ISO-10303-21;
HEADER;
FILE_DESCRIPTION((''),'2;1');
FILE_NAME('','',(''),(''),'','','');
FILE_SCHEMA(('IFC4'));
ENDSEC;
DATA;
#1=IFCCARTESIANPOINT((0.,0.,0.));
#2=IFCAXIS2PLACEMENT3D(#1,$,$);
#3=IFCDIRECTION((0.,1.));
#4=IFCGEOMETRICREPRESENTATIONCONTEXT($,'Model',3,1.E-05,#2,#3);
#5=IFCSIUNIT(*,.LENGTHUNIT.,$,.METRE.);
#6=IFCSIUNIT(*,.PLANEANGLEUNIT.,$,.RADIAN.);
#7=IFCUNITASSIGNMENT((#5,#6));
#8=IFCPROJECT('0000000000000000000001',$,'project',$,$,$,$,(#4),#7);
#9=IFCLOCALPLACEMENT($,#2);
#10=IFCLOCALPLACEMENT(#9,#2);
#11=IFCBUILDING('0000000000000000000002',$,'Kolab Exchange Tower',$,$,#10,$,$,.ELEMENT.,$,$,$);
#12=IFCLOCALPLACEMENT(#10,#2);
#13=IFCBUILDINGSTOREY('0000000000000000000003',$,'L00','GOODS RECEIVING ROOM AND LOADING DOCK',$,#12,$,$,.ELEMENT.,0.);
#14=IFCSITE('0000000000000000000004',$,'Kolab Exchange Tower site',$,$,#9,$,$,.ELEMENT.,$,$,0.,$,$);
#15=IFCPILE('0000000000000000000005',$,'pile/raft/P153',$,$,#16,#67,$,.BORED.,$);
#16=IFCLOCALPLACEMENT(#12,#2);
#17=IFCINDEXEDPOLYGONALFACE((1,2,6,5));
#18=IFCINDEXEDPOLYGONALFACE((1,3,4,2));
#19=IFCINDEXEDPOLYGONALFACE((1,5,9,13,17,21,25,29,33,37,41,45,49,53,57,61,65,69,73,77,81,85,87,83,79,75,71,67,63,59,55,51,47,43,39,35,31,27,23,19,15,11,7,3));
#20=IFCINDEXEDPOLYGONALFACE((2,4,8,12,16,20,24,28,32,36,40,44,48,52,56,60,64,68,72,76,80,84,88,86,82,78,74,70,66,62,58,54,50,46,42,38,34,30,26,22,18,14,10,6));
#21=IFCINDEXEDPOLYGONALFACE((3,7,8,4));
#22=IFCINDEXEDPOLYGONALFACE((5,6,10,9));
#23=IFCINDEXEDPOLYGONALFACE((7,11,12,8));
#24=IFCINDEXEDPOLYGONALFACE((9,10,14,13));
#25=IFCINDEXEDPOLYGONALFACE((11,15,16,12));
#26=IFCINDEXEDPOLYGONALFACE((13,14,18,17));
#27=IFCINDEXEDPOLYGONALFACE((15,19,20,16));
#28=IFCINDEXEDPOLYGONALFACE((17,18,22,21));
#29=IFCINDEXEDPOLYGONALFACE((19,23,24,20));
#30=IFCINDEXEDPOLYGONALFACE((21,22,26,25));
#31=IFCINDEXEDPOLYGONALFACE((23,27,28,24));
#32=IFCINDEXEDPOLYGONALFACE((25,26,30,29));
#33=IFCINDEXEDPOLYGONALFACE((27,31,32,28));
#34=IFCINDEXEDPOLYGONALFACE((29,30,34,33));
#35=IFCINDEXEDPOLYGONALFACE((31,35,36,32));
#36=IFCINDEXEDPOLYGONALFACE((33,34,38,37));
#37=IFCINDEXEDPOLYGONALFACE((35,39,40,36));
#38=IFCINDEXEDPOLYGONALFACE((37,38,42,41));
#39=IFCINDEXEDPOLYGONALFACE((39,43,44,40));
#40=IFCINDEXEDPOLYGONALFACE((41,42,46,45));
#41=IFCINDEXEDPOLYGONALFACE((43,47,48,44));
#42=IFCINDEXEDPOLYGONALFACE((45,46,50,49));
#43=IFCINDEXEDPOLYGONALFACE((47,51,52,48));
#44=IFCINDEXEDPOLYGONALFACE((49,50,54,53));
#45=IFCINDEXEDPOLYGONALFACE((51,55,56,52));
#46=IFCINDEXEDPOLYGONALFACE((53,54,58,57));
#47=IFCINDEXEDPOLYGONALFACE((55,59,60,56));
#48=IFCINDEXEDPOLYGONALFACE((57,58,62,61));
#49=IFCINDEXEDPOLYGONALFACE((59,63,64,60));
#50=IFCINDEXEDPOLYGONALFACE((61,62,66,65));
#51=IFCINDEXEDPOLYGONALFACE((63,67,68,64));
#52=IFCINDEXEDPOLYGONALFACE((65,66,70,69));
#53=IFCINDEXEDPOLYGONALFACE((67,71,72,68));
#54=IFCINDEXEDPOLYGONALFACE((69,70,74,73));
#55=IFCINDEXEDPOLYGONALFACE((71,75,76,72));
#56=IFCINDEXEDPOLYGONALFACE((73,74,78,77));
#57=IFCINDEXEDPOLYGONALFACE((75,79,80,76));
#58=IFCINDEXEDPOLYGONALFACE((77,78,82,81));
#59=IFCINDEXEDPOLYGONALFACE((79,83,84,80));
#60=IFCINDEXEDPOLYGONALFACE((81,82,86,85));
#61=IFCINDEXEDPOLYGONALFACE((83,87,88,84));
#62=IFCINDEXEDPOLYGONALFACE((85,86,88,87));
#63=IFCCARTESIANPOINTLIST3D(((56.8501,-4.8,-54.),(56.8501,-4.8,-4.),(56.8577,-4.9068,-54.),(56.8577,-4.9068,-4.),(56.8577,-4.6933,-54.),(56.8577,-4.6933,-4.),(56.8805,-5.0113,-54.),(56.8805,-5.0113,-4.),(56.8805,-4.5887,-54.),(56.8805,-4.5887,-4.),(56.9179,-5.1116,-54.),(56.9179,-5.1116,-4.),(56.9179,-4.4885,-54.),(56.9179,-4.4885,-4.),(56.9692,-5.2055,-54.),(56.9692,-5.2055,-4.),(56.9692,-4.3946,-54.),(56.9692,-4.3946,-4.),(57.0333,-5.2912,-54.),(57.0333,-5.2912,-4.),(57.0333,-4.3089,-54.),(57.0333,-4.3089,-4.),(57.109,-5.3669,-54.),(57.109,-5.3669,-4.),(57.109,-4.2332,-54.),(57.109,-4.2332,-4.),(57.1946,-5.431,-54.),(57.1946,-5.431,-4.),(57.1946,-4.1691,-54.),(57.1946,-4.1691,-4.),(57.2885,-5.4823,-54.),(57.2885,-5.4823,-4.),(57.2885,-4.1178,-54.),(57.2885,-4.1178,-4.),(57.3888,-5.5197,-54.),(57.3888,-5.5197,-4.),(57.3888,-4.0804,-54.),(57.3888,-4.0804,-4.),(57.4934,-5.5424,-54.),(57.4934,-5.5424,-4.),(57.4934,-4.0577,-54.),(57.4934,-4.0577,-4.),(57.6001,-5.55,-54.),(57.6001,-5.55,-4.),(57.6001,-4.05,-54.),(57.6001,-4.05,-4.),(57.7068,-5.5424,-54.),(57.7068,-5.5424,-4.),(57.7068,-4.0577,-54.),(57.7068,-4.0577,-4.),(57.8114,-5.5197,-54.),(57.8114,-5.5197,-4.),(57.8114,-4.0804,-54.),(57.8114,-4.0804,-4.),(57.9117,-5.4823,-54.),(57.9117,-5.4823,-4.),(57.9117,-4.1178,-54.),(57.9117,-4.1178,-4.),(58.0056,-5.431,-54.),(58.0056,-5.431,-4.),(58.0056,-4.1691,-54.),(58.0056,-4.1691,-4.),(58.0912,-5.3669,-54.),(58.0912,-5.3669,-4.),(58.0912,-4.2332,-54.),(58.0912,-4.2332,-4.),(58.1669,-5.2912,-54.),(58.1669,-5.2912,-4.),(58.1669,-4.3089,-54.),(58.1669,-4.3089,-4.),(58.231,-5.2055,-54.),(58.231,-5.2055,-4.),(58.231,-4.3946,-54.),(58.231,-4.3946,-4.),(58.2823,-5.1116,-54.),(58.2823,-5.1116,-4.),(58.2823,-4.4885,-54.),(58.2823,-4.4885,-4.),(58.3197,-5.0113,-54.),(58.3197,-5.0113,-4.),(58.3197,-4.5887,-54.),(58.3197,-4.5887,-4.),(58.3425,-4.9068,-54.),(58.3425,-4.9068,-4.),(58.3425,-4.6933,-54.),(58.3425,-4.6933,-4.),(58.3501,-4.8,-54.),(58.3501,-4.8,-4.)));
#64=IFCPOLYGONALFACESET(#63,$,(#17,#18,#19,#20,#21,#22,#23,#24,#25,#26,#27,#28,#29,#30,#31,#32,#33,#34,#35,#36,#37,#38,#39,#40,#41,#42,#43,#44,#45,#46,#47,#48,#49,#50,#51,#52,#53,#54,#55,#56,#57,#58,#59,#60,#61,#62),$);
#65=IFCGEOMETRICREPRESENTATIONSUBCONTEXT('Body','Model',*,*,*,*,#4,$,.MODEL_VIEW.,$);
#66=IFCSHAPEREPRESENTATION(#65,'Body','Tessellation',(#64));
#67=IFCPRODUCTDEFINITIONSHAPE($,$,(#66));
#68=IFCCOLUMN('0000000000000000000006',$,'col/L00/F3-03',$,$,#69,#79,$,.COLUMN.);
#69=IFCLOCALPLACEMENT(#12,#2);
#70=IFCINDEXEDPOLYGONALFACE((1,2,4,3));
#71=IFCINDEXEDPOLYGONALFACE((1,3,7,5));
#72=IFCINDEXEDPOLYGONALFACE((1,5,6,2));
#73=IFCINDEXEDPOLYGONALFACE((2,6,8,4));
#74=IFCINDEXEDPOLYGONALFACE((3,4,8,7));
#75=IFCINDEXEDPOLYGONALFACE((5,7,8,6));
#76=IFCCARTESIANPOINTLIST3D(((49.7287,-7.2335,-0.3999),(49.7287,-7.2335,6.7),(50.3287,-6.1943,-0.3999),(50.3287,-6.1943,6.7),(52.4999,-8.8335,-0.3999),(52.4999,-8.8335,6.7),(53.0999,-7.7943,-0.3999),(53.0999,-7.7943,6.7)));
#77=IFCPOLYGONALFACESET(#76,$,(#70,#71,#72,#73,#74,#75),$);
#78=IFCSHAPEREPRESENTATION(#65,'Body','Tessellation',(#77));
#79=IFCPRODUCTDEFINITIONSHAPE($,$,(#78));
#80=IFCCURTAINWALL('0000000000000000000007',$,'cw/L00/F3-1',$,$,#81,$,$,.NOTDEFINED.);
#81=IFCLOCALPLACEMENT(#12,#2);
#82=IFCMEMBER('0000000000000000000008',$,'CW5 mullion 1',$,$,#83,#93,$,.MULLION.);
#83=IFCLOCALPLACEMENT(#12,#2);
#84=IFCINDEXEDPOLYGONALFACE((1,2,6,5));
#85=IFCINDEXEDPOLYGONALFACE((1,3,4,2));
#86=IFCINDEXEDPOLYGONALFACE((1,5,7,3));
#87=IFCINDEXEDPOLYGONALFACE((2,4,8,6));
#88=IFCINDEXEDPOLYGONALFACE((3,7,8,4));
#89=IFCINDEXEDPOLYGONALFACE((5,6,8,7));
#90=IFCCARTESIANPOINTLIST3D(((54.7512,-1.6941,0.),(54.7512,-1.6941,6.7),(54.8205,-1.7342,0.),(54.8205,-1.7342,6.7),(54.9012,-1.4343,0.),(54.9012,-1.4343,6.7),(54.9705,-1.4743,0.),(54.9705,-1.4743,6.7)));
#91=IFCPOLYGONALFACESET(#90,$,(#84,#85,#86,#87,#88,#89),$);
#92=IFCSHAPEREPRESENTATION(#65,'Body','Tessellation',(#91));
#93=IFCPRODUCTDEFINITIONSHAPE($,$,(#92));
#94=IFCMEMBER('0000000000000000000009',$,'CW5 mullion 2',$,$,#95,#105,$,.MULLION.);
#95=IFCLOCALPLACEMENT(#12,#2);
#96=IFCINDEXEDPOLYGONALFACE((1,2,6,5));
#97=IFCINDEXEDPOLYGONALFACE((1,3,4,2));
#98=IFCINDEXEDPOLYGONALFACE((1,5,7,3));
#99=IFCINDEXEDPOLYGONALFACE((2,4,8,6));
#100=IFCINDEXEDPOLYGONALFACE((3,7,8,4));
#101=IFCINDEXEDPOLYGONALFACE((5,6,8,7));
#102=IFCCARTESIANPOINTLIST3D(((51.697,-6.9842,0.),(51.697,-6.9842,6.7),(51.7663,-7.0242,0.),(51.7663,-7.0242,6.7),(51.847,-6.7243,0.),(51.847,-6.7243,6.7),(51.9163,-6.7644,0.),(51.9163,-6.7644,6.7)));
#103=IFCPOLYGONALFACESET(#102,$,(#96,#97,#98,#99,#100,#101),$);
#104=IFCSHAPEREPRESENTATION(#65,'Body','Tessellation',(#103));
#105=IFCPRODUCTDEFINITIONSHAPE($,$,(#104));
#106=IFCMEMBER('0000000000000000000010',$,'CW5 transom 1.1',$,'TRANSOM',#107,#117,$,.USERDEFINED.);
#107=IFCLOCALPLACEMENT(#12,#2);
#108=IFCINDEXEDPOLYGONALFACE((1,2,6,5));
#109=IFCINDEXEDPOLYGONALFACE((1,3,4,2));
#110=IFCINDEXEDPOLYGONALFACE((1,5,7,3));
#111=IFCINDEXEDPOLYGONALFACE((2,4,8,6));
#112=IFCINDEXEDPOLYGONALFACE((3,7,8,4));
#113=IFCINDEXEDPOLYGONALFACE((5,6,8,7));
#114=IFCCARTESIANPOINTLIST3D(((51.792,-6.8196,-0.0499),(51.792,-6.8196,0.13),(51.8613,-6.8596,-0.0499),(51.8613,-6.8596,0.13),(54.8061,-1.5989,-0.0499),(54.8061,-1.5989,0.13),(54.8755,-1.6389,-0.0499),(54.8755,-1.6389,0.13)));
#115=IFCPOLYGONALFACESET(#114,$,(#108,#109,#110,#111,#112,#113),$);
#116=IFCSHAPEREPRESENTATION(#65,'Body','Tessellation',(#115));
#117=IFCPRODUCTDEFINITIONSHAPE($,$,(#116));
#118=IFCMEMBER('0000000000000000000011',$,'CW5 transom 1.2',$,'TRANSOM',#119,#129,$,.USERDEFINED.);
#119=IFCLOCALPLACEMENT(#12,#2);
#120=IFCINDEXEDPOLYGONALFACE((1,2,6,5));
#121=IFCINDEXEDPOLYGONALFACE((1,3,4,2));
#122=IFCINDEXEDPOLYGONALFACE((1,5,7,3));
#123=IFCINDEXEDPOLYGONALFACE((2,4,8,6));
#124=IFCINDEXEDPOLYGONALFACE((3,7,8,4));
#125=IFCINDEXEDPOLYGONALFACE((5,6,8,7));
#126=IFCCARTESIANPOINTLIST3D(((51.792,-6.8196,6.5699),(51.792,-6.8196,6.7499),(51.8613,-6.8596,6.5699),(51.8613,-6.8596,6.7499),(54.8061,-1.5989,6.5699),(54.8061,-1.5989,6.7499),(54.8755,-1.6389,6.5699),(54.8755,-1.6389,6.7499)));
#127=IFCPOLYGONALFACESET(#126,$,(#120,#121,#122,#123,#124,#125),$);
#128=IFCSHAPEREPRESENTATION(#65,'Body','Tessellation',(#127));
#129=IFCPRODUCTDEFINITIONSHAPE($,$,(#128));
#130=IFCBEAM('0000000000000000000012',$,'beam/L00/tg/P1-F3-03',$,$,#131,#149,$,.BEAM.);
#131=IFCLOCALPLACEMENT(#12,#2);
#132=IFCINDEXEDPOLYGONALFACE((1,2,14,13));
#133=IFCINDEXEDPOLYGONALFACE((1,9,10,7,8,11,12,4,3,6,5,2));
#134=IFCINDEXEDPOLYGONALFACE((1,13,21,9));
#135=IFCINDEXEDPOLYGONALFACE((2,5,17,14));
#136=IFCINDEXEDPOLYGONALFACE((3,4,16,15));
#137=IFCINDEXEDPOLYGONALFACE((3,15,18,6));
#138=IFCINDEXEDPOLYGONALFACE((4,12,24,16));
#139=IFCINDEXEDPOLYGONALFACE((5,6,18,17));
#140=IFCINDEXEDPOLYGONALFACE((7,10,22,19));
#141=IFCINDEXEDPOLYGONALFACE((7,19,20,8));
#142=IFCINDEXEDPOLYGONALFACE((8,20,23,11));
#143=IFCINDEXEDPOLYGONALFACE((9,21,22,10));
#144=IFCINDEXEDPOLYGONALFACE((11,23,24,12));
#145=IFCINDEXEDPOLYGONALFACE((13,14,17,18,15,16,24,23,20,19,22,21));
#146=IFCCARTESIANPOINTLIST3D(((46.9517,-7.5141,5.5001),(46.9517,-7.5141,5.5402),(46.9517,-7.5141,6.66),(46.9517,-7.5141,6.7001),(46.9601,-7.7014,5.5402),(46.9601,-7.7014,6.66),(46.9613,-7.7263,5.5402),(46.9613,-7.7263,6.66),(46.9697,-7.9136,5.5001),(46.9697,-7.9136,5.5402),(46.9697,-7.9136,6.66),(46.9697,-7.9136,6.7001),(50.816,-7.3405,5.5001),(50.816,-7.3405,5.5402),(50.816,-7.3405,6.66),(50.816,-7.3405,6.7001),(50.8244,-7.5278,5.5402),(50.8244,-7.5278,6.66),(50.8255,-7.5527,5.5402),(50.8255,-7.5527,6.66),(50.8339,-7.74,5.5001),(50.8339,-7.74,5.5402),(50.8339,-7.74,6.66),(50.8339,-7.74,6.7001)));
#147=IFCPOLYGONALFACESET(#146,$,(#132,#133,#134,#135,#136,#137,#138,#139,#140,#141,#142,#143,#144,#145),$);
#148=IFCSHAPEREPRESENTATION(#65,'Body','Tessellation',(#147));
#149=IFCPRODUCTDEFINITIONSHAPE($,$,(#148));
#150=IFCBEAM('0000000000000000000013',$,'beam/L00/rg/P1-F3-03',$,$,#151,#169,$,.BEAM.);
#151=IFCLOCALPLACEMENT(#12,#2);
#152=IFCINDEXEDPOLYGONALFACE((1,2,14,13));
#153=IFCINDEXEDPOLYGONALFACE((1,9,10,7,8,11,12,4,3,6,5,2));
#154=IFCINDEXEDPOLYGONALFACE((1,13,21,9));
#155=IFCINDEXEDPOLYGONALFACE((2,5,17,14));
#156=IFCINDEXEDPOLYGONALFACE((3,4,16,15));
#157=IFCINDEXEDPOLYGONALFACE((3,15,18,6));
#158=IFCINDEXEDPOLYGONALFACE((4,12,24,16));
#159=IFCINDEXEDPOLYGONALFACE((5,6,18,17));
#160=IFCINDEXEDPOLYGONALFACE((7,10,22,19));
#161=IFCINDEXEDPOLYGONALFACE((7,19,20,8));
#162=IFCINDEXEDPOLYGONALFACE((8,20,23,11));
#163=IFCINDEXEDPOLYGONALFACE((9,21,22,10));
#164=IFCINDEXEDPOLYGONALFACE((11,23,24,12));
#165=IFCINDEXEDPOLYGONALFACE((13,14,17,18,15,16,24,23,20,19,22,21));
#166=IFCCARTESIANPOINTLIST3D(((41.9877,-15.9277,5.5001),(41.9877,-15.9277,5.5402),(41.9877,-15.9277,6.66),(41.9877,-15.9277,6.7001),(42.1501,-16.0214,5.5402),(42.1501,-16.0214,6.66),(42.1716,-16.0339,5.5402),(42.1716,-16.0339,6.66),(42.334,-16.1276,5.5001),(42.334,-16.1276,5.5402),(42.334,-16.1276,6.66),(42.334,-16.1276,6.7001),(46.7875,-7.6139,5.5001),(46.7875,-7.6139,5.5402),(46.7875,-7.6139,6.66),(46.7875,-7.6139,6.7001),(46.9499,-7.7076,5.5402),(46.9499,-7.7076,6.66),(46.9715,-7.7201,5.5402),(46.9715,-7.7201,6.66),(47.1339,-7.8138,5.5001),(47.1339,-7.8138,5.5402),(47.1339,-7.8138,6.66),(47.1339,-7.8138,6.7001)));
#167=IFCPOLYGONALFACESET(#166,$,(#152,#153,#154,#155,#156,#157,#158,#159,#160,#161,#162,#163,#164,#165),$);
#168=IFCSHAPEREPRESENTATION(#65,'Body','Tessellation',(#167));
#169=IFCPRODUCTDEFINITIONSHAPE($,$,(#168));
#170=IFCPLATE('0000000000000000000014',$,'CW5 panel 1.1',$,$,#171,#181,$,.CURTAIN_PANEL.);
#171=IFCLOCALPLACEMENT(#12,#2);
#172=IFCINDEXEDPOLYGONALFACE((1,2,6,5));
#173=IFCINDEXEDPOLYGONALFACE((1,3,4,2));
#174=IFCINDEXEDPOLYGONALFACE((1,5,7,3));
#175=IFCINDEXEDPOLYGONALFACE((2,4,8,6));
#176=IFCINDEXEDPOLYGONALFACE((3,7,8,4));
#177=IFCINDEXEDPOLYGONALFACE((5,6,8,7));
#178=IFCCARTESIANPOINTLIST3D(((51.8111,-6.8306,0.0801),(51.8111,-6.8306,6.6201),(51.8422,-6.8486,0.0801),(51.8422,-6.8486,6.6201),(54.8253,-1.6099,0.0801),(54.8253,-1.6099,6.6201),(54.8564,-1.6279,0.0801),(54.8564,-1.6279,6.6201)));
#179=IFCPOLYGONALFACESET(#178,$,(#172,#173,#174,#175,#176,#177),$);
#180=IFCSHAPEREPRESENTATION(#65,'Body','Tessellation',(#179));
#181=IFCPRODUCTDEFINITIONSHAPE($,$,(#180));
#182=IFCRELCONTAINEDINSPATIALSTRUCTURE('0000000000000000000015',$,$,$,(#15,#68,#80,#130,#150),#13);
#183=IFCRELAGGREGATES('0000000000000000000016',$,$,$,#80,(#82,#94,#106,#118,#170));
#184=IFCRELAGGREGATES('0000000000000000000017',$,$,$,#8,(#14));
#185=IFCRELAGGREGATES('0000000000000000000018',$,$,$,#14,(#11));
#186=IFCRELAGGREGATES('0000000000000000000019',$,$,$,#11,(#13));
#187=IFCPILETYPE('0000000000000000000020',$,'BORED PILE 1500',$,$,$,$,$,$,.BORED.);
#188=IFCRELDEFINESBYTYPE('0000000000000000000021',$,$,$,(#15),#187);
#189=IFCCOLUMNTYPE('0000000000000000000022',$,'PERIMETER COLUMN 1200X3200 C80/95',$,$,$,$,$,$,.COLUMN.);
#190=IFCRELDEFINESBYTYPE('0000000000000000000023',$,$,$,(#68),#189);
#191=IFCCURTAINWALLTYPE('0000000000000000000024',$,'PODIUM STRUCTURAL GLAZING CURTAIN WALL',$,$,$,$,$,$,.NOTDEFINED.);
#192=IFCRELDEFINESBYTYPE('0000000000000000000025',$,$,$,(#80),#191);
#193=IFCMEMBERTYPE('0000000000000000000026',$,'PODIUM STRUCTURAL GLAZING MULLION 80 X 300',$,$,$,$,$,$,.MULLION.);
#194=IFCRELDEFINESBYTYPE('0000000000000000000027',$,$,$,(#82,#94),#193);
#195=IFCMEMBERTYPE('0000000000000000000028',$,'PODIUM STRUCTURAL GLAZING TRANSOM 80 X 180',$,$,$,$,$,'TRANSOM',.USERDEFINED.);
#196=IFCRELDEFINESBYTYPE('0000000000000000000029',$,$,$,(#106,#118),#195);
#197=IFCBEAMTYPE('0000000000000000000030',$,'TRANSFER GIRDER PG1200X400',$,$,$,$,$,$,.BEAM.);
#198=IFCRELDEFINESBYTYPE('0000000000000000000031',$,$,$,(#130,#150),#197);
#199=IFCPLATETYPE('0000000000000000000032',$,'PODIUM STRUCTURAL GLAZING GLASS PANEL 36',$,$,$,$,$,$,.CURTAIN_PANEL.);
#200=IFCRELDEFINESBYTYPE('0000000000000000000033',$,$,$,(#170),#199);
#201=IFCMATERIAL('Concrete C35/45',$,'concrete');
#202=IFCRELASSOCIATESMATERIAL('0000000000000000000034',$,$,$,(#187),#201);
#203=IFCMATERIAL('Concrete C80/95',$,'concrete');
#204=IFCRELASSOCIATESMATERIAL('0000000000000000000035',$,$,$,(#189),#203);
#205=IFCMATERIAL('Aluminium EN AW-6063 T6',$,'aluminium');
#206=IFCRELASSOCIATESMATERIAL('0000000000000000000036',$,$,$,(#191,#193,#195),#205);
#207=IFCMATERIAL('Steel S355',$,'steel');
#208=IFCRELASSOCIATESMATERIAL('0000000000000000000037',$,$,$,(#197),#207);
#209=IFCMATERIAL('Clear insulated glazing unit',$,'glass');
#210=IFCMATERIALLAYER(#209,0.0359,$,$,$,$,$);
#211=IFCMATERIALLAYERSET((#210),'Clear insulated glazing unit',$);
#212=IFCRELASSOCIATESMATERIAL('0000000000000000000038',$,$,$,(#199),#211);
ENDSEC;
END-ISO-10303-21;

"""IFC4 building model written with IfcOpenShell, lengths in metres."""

from ifc_helpers import new_model, si_unit, direction, frame, origin, origin_2d, place, context, subcontext, project, spatial, rectangle, circle, i_section, extrude, material, layer, layer_set, material_profile, profile_set, type_object, element, aggregate, save


model = new_model("IFC4")

# Units and contexts
model_context = context("Model", 3, precision=1e-05, world=origin(), true_north=direction((0.0, 1.0)))
body_context = subcontext(model_context, "Body", "Model", "MODEL_VIEW")
ifc_project = project(units=[si_unit("LENGTHUNIT", "METRE"), si_unit("PLANEANGLEUNIT", "RADIAN")], contexts=[model_context])

# Site, building, storey
site_placement = place(None, origin())
site = spatial("IfcSite", under=ifc_project, at=site_placement, Name="Kolab Exchange Tower site", CompositionType="ELEMENT", RefElevation=0.0)
building_placement = place(site_placement, origin())
building = spatial("IfcBuilding", under=site, at=building_placement, Name="Kolab Exchange Tower", CompositionType="ELEMENT")
storey_placement = place(building_placement, origin())
storey = spatial("IfcBuildingStorey", under=building, at=storey_placement, Name="L00", Description="GOODS RECEIVING ROOM AND LOADING DOCK", CompositionType="ELEMENT", Elevation=0.0)

# Pile
ifc_material_1 = material(Name="Concrete C35/45", Category="concrete")
ifc_material_profile_1 = material_profile(ifc_material_1, circle(Radius=0.75, at=origin_2d()), Name="BP1500")
ifc_profile_set_1 = profile_set([ifc_material_profile_1], Name="Concrete C35/45")
pile_type = type_object("IfcPileType", Name="BORED PILE 1500", PredefinedType="BORED", material=ifc_profile_set_1)
for number, where, z_axis, x_axis, name in (
    (1, (57.6001, -4.8, -4.0), (0.0, 0.0, -1.0), (1.0, 0.0, 0.0), "pile/raft/P153"),
):
    element("IfcPile", number, at=place(storey_placement, frame(where, z_axis=z_axis, x_axis=x_axis)), inside=storey, type_object=pile_type, Name=name, PredefinedType="BORED", context=body_context, shape_type="SweptSolid", body=[
        extrude(circle(Radius=0.75, at=origin_2d()), origin(), (0.0, 0.0, 1.0), 50.0),
    ])

# Column
ifc_material_2 = material(Name="Concrete C80/95", Category="concrete")
ifc_material_profile_2 = material_profile(ifc_material_2, rectangle(XDim=1.2, YDim=3.2, at=origin_2d()), Name="RC1200X3200")
ifc_profile_set_2 = profile_set([ifc_material_profile_2], Name="Concrete C80/95")
column_type = type_object("IfcColumnType", Name="PERIMETER COLUMN 1200X3200 C80/95", PredefinedType="COLUMN", material=ifc_profile_set_2)
column_placement = place(storey_placement, frame((51.4143, -7.5139, -0.3999), z_axis=(0.0, 0.0, 1.0), x_axis=(0.5, 0.866025, 0.0)))
element("IfcColumn", 2, at=column_placement, inside=storey, type_object=column_type, Name="col/L00/F3-03", PredefinedType="COLUMN", context=body_context, shape_type="SweptSolid", body=[
    extrude(rectangle(XDim=1.2, YDim=3.2, at=origin_2d()), origin(), (0.0, 0.0, 1.0), 7.0999),
])

# Curtain wall, members
ifc_material_3 = material(Name="Aluminium EN AW-6063 T6", Category="aluminium")
curtain_wall_type = type_object("IfcCurtainWallType", Name="PODIUM STRUCTURAL GLAZING CURTAIN WALL", PredefinedType="NOTDEFINED", material=ifc_material_3)
curtain_wall_placement = place(storey_placement, origin())
curtain_wall = element("IfcCurtainWall", 3, at=curtain_wall_placement, inside=storey, type_object=curtain_wall_type, Name="cw/L00/F3-1", PredefinedType="NOTDEFINED")
ifc_material_profile_3 = material_profile(ifc_material_3, rectangle(XDim=0.0801, YDim=0.3, at=origin_2d()), Name="RECT 80X300")
ifc_profile_set_3 = profile_set([ifc_material_profile_3], Name="Aluminium EN AW-6063 T6")
member_type_1 = type_object("IfcMemberType", Name="PODIUM STRUCTURAL GLAZING MULLION 80 X 300", PredefinedType="MULLION", material=ifc_profile_set_3)
member_1_placement = place(storey_placement, frame((54.8608, -1.5842, 0.0), z_axis=(0.0, 0.0, 1.0), x_axis=(0.866025, -0.5, 0.0)))
member_1 = element("IfcMember", 4, at=member_1_placement, type_object=member_type_1, Name="CW5 mullion 1", PredefinedType="MULLION", context=body_context, shape_type="SweptSolid", body=[
    extrude(rectangle(XDim=0.0801, YDim=0.3, at=origin_2d()), origin(), (0.0, 0.0, 1.0), 6.7),
])
member_2_placement = place(storey_placement, frame((51.8066, -6.8743, 0.0), z_axis=(0.0, 0.0, 1.0), x_axis=(0.866025, -0.5, 0.0)))
member_2 = element("IfcMember", 5, at=member_2_placement, type_object=member_type_1, Name="CW5 mullion 2", PredefinedType="MULLION", context=body_context, shape_type="SweptSolid", body=[
    extrude(rectangle(XDim=0.0801, YDim=0.3, at=origin_2d()), origin(), (0.0, 0.0, 1.0), 6.7),
])
ifc_material_profile_4 = material_profile(ifc_material_3, rectangle(XDim=0.0801, YDim=0.1799, at=origin_2d()), Name="RECT 80X180")
ifc_profile_set_4 = profile_set([ifc_material_profile_4], Name="Aluminium EN AW-6063 T6")
member_type_2 = type_object("IfcMemberType", Name="PODIUM STRUCTURAL GLAZING TRANSOM 80 X 180", ElementType="TRANSOM", PredefinedType="USERDEFINED", material=ifc_profile_set_4)
member_3_placement = place(storey_placement, frame((54.8408, -1.6189, 0.04), z_axis=(-0.499998, -0.866026, 0.0), x_axis=(0.866026, -0.499998, 0.0)))
member_3 = element("IfcMember", 6, at=member_3_placement, type_object=member_type_2, Name="CW5 transom 1.1", ObjectType="TRANSOM", PredefinedType="USERDEFINED", context=body_context, shape_type="SweptSolid", body=[
    extrude(rectangle(XDim=0.0801, YDim=0.1799, at=origin_2d()), origin(), (0.0, 0.0, 1.0), 6.0283),
])
member_4_placement = place(storey_placement, frame((54.8408, -1.6189, 6.6599), z_axis=(-0.499998, -0.866026, 0.0), x_axis=(0.866026, -0.499998, 0.0)))
member_4 = element("IfcMember", 7, at=member_4_placement, type_object=member_type_2, Name="CW5 transom 1.2", ObjectType="TRANSOM", PredefinedType="USERDEFINED", context=body_context, shape_type="SweptSolid", body=[
    extrude(rectangle(XDim=0.0801, YDim=0.1799, at=origin_2d()), origin(), (0.0, 0.0, 1.0), 6.0283),
])

# Beams
ifc_material_4 = material(Name="Steel S355", Category="steel")
ifc_material_profile_5 = material_profile(ifc_material_4, i_section(OverallWidth=0.3999, OverallDepth=1.2, WebThickness=0.0249, FlangeThickness=0.04, at=origin_2d()), Name="PG1200X400")
ifc_profile_set_5 = profile_set([ifc_material_profile_5], Name="Steel S355")
beam_type = type_object("IfcBeamType", Name="TRANSFER GIRDER PG1200X400", PredefinedType="BEAM", material=ifc_profile_set_5)
beam_1_placement = place(storey_placement, frame((46.9607, -7.7139, 6.1001), z_axis=(0.998993, 0.044875, 0.0), x_axis=(-0.044875, 0.998993, 0.0)))
element("IfcBeam", 8, at=beam_1_placement, inside=storey, type_object=beam_type, Name="beam/L00/tg/P1-F3-03", PredefinedType="BEAM", context=body_context, shape_type="SweptSolid", body=[
    extrude(i_section(OverallWidth=0.3999, OverallDepth=1.2, WebThickness=0.0249, FlangeThickness=0.04, at=origin_2d()), origin(), (0.0, 0.0, 1.0), 3.8682),
])
beam_2_placement = place(storey_placement, frame((46.9607, -7.7139, 6.1001), z_axis=(-0.49999, -0.866031, 0.0), x_axis=(0.866031, -0.49999, 0.0)))
element("IfcBeam", 9, at=beam_2_placement, inside=storey, type_object=beam_type, Name="beam/L00/rg/P1-F3-03", PredefinedType="BEAM", context=body_context, shape_type="SweptSolid", body=[
    extrude(i_section(OverallWidth=0.3999, OverallDepth=1.2, WebThickness=0.0249, FlangeThickness=0.04, at=origin_2d()), origin(), (0.0, 0.0, 1.0), 9.5999),
])

# Plate
ifc_material_5 = material(Name="Clear insulated glazing unit", Category="glass")
ifc_layer_1 = layer(ifc_material_5, 0.0359)
ifc_layer_set_1 = layer_set([ifc_layer_1], Name="Clear insulated glazing unit")
plate_type = type_object("IfcPlateType", Name="PODIUM STRUCTURAL GLAZING GLASS PANEL 36", PredefinedType="CURTAIN_PANEL", material=ifc_layer_set_1)
plate_placement = place(storey_placement, frame((53.3337, -4.2292, 0.0801), z_axis=(0.0, 0.0, 1.0), x_axis=(-0.5, -0.866025, 0.0)))
plate = element("IfcPlate", 10, at=plate_placement, type_object=plate_type, Name="CW5 panel 1.1", PredefinedType="CURTAIN_PANEL", context=body_context, shape_type="SweptSolid", body=[
    extrude(rectangle(XDim=6.0283, YDim=0.0359, at=origin_2d()), origin(), (0.0, 0.0, 1.0), 6.54),
])
aggregate(curtain_wall, [member_1, member_2, member_3, member_4, plate])

save(model, "model.ifc")
